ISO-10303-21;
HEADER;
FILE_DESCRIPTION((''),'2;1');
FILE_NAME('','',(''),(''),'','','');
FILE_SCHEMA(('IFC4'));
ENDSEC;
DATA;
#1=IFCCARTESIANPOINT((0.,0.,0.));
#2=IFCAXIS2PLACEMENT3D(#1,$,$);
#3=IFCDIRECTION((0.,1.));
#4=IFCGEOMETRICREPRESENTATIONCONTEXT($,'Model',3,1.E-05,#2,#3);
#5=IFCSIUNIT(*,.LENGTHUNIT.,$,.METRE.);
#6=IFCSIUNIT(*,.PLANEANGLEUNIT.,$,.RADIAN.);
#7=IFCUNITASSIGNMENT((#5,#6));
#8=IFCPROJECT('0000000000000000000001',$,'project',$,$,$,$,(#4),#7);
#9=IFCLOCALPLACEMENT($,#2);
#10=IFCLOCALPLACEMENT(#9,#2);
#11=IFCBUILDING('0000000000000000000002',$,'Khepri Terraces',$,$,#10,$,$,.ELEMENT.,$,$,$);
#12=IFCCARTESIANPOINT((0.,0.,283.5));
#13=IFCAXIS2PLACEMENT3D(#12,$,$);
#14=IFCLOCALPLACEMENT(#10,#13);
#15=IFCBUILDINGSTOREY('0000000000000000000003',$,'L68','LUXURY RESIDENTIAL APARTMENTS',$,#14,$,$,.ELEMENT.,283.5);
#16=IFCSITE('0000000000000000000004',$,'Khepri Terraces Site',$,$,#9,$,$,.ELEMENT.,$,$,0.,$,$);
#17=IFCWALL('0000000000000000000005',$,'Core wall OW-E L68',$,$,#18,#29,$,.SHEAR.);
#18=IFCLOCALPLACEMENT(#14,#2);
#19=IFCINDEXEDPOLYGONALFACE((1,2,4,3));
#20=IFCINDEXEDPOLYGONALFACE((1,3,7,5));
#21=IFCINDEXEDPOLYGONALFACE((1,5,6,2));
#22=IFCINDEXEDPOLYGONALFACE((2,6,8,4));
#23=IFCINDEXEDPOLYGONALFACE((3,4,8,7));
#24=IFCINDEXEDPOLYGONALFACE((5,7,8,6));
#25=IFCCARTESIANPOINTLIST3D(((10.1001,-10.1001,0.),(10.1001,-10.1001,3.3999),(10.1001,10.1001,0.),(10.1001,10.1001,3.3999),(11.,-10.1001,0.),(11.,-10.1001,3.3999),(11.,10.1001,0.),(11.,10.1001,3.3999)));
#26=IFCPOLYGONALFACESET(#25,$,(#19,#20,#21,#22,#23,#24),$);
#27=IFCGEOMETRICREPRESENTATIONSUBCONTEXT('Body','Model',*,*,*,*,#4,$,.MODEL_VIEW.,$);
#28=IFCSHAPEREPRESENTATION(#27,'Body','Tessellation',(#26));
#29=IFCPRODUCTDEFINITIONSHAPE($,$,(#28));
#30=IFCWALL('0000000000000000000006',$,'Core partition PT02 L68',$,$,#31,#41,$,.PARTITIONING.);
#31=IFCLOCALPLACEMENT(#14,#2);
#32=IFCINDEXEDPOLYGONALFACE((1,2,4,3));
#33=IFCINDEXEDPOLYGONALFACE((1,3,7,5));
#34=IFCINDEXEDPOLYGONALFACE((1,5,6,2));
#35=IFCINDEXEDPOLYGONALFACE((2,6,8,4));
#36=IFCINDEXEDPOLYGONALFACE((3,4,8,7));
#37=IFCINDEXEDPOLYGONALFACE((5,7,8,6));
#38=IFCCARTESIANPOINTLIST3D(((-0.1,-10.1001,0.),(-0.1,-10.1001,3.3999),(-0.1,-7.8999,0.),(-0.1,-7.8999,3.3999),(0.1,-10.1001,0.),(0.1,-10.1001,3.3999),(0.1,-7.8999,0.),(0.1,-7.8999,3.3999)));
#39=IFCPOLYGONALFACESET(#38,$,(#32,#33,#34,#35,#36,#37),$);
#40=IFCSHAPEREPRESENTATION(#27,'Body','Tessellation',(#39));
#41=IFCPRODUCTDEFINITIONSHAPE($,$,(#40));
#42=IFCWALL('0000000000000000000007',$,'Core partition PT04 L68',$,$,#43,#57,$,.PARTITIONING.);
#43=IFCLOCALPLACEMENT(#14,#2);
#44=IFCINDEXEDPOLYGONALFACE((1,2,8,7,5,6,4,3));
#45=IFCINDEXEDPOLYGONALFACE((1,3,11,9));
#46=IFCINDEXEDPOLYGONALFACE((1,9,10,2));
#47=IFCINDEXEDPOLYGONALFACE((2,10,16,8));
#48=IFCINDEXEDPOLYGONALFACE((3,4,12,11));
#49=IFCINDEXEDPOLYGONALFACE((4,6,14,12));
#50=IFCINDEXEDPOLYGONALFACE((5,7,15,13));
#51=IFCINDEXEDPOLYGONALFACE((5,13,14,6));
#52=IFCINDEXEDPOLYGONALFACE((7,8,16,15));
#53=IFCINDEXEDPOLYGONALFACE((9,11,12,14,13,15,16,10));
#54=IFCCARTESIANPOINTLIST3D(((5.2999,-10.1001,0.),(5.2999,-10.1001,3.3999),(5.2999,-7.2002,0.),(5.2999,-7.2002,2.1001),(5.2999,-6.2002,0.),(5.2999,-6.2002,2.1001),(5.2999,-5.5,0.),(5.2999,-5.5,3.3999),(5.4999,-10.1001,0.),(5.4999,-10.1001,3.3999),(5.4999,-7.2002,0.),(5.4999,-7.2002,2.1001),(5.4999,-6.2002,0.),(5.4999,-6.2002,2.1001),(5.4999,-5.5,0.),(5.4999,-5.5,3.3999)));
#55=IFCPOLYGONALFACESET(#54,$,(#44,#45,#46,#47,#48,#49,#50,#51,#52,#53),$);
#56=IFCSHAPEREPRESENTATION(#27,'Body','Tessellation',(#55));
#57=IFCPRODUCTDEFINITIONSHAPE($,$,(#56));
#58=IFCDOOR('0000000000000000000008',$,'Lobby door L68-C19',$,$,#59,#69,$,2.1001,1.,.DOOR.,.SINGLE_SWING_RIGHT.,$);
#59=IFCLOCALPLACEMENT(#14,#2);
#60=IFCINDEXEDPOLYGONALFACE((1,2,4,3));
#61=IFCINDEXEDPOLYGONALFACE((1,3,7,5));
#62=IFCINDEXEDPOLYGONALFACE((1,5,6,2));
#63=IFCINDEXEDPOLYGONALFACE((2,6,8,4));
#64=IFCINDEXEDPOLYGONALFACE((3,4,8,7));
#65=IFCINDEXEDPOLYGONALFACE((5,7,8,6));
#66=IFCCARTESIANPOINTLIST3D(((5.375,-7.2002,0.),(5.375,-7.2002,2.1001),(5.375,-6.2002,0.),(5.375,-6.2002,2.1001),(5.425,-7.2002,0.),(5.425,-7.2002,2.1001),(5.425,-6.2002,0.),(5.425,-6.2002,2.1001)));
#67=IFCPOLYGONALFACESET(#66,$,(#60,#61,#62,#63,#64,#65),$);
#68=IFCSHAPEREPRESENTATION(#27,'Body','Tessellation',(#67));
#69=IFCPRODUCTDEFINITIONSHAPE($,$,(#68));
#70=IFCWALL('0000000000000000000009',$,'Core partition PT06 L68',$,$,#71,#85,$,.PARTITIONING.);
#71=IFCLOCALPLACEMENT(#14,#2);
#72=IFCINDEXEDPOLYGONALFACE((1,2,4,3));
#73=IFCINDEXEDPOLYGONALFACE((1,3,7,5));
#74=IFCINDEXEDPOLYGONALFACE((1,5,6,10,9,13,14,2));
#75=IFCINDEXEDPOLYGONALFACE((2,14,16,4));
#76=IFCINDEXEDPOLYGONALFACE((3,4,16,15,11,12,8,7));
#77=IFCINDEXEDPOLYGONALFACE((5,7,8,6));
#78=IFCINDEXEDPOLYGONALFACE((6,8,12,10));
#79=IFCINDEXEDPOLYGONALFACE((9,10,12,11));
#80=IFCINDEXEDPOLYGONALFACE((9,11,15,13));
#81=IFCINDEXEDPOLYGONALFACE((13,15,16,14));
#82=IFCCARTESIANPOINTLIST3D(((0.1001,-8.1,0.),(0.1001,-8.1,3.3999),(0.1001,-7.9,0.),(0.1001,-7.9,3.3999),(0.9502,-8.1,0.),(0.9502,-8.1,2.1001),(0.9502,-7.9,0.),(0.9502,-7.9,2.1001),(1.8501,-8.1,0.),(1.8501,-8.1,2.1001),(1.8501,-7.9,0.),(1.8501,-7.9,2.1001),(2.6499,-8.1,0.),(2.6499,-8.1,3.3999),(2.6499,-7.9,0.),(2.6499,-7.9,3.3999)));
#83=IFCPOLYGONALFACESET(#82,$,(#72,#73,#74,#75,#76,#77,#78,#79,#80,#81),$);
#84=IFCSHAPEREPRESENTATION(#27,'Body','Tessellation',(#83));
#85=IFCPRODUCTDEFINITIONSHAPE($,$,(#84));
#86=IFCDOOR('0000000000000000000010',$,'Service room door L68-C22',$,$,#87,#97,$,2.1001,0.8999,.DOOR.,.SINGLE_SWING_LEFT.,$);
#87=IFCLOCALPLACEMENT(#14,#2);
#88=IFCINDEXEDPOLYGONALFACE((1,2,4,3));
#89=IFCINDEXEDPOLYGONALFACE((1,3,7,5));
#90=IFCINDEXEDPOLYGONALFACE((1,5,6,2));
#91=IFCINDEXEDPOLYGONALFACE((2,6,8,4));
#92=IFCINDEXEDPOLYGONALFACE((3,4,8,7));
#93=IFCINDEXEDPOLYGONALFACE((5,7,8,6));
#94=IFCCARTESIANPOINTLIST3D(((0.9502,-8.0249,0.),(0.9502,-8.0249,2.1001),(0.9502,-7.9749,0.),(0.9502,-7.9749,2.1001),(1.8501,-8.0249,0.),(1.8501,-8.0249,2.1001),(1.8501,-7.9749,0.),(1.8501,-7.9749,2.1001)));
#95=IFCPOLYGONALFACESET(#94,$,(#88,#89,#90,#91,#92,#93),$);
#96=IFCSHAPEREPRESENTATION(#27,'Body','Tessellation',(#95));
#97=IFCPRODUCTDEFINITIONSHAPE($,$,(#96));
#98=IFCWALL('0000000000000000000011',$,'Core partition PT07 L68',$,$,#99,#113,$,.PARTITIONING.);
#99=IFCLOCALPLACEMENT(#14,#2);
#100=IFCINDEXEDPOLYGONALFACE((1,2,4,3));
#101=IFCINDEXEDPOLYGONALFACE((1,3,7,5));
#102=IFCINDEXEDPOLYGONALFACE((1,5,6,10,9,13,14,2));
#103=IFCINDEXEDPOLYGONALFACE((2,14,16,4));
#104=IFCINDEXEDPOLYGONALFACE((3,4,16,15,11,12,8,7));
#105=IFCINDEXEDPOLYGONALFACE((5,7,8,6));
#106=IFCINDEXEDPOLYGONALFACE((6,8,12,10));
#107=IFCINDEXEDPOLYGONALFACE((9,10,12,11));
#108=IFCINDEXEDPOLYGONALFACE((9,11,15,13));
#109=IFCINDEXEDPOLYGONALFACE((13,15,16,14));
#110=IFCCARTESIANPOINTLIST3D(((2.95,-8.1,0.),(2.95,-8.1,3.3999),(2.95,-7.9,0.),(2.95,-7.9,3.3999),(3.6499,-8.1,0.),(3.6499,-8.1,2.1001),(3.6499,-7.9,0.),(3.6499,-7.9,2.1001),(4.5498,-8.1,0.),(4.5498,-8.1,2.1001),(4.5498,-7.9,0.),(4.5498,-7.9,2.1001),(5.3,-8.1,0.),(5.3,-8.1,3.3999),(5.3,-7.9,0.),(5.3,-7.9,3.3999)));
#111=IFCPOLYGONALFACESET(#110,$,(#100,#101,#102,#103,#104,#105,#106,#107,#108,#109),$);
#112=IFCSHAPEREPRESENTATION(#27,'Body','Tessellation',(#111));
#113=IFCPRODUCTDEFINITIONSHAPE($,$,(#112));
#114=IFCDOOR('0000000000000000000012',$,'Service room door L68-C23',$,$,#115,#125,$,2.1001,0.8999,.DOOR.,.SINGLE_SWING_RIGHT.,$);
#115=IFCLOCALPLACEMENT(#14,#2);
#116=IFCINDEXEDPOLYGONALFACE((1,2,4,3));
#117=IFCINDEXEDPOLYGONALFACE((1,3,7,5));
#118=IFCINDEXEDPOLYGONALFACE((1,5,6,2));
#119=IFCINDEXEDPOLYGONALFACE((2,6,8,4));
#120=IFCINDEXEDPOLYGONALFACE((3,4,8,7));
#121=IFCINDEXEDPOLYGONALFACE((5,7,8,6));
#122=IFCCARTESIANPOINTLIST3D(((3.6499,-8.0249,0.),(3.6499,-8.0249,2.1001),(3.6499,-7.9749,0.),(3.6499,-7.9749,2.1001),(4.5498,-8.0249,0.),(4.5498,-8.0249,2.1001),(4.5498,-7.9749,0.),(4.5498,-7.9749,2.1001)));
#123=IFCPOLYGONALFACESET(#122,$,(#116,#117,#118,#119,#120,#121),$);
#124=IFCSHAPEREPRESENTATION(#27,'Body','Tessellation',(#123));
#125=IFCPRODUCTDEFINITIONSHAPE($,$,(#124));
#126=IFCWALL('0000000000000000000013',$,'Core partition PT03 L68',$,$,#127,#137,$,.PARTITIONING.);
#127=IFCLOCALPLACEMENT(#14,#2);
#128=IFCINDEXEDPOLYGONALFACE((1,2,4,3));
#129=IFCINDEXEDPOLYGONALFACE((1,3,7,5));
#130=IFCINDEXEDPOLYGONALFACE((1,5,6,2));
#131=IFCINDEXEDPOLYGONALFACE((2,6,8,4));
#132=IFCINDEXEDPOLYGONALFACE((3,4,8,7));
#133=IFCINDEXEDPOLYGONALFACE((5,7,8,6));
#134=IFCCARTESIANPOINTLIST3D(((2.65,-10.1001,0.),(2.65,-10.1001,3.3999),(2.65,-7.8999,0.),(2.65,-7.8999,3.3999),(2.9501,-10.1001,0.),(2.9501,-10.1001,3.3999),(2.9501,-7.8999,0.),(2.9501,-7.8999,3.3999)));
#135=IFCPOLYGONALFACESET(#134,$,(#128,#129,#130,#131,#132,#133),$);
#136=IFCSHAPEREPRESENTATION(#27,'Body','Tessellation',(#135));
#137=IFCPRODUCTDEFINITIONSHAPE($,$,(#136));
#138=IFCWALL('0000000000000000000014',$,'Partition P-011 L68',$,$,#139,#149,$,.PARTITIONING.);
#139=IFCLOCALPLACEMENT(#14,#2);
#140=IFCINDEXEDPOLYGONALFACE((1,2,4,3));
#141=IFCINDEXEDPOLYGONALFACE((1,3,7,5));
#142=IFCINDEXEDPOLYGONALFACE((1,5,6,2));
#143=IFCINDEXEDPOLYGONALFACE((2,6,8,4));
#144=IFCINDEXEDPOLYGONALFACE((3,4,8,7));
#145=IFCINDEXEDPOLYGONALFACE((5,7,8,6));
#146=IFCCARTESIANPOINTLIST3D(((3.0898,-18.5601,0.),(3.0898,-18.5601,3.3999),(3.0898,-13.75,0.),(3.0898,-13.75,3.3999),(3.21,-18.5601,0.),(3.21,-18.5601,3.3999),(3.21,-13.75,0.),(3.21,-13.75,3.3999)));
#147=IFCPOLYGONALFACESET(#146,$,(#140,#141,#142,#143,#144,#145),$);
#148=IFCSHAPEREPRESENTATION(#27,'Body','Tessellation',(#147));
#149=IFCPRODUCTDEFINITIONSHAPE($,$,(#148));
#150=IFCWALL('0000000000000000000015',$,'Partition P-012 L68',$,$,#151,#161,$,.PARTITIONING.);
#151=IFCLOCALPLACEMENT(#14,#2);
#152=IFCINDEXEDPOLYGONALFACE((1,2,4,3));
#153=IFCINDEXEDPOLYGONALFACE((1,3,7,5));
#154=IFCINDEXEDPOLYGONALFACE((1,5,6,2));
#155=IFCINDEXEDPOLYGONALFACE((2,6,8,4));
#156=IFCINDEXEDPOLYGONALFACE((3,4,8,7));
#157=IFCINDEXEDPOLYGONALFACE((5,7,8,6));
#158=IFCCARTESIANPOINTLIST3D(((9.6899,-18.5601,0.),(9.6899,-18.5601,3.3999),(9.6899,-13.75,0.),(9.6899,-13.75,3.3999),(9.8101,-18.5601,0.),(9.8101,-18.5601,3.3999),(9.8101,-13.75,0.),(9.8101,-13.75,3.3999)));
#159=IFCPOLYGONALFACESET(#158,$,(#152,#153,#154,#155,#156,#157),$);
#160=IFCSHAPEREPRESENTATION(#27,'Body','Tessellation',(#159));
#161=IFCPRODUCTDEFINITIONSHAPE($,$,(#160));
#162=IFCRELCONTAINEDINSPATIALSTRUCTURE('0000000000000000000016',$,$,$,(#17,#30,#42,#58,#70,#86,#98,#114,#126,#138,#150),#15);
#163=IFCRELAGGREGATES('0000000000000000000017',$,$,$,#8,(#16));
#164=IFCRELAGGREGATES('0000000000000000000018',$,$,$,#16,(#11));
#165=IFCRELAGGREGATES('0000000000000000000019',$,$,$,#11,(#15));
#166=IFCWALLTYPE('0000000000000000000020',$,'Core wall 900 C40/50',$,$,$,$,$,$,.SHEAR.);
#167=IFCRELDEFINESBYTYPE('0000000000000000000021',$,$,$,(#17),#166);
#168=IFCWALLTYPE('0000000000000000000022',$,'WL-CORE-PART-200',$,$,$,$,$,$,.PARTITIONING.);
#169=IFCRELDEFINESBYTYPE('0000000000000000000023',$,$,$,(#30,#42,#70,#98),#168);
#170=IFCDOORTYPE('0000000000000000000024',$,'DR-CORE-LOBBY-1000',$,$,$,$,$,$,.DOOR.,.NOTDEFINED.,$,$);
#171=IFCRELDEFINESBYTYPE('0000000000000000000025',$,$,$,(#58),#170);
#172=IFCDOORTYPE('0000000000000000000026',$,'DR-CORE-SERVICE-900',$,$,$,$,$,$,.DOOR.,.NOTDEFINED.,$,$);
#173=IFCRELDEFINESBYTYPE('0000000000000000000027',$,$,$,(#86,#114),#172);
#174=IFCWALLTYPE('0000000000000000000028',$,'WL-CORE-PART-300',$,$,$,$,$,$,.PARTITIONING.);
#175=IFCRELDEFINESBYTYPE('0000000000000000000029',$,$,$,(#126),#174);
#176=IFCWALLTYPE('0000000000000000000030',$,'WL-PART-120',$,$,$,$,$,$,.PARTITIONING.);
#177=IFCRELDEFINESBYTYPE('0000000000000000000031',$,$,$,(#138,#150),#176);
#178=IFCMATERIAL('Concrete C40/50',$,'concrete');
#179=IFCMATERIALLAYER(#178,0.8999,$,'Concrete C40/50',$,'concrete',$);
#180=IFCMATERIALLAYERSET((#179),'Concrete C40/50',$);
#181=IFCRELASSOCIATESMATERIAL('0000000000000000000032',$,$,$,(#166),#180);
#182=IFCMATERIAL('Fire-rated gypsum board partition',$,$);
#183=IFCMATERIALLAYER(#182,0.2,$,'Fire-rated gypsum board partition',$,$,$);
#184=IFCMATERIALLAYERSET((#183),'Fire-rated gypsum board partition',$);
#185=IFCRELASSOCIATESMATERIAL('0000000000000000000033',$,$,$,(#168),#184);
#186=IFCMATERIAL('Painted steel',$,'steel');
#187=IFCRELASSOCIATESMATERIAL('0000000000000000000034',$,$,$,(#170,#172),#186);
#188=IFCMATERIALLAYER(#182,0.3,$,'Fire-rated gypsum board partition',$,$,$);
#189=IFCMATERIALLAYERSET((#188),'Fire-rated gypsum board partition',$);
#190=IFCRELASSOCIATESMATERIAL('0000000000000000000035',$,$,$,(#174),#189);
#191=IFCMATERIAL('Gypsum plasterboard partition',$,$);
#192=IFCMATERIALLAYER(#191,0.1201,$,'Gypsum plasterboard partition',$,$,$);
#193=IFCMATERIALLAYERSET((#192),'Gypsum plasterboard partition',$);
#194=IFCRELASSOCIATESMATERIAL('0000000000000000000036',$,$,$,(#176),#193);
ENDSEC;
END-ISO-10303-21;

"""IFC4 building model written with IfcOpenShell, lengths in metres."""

from ifc_helpers import new_model, si_unit, direction, frame, frame_2d, origin, place, context, subcontext, project, spatial, rectangle, extrude, material, layer, layer_set, type_object, element, fill, save


model = new_model("IFC4")

# Units and contexts
model_context = context("Model", 3, precision=1e-05, world=origin(), true_north=direction((0.0, 1.0)))
body_context = subcontext(model_context, "Body", "Model", "MODEL_VIEW")
ifc_project = project(units=[si_unit("LENGTHUNIT", "METRE"), si_unit("PLANEANGLEUNIT", "RADIAN")], contexts=[model_context])

# Site, building, storey
site_placement = place(None, origin())
site = spatial("IfcSite", under=ifc_project, at=site_placement, Name="Khepri Terraces Site", CompositionType="ELEMENT", RefElevation=0.0)
building_placement = place(site_placement, origin())
building = spatial("IfcBuilding", under=site, at=building_placement, Name="Khepri Terraces", CompositionType="ELEMENT")
storey_placement = place(building_placement, frame((0.0, 0.0, 283.5)))
storey = spatial("IfcBuildingStorey", under=building, at=storey_placement, Name="L68", Description="LUXURY RESIDENTIAL APARTMENTS", CompositionType="ELEMENT", Elevation=283.5)

# Shared definitions
ifc_material_1 = material(Name="Concrete C40/50", Category="concrete")

# Shared definitions
ifc_material_2 = material(Name="Painted steel", Category="steel")

# Walls
ifc_layer_1 = layer(ifc_material_1, 0.8999, Name="Concrete C40/50", Category="concrete")
ifc_layer_set_1 = layer_set([ifc_layer_1], Name="Concrete C40/50")
wall_type_1 = type_object("IfcWallType", Name="Core wall 900 C40/50", PredefinedType="SHEAR", material=ifc_layer_set_1)
wall_1_placement = place(storey_placement, frame((10.55, -10.1001, 0.0), z_axis=(0.0, 0.0, 1.0), x_axis=(0.0, 1.0, 0.0)))
element("IfcWall", 1, at=wall_1_placement, inside=storey, type_object=wall_type_1, Name="Core wall OW-E L68", PredefinedType="SHEAR", context=body_context, shape_type="SweptSolid", body=[
    extrude(rectangle(XDim=20.2002, YDim=0.8999, at=frame_2d((10.1001, 0.0))), origin(), (0.0, 0.0, 1.0), 3.3999),
])
ifc_material_3 = material(Name="Fire-rated gypsum board partition")
ifc_layer_2 = layer(ifc_material_3, 0.2, Name="Fire-rated gypsum board partition")
ifc_layer_set_2 = layer_set([ifc_layer_2], Name="Fire-rated gypsum board partition")
wall_type_2 = type_object("IfcWallType", Name="WL-CORE-PART-200", PredefinedType="PARTITIONING", material=ifc_layer_set_2)
wall_2_placement = place(storey_placement, frame((0.0, -10.1001, 0.0), z_axis=(0.0, 0.0, 1.0), x_axis=(0.0, 1.0, 0.0)))
element("IfcWall", 2, at=wall_2_placement, inside=storey, type_object=wall_type_2, Name="Core partition PT02 L68", PredefinedType="PARTITIONING", context=body_context, shape_type="SweptSolid", body=[
    extrude(rectangle(XDim=2.2002, YDim=0.2, at=frame_2d((1.1001, 0.0))), origin(), (0.0, 0.0, 1.0), 3.3999),
])

# Walls, openings, doors
wall_3_placement = place(storey_placement, frame((5.3999, -10.1001, 0.0), z_axis=(0.0, 0.0, 1.0), x_axis=(0.0, 1.0, 0.0)))
wall_3 = element("IfcWall", 3, at=wall_3_placement, inside=storey, type_object=wall_type_2, Name="Core partition PT04 L68", PredefinedType="PARTITIONING", context=body_context, shape_type="SweptSolid", body=[
    extrude(rectangle(XDim=4.6001, YDim=0.2, at=frame_2d((2.3, 0.0))), origin(), (0.0, 0.0, 1.0), 3.3999),
])
opening_1_placement = place(wall_3_placement, frame((2.8999, 0.0, 0.0)))
opening_1 = element("IfcOpeningElement", 4, at=opening_1_placement, cuts=wall_3, PredefinedType="OPENING", context=body_context, shape_type="SweptSolid", body=[
    extrude(rectangle(XDim=1.0, YDim=2.1001, at=frame_2d((0.5, 1.05))), frame((0.0, 0.1099, 0.0), z_axis=(0.0, -1.0, 0.0), x_axis=(1.0, 0.0, 0.0)), (0.0, 0.0, 1.0), 0.22),
])
door_type_1 = type_object("IfcDoorType", Name="DR-CORE-LOBBY-1000", OperationType="NOTDEFINED", PredefinedType="DOOR", material=ifc_material_2)
door_1_placement = place(opening_1_placement, origin())
door_1 = element("IfcDoor", 5, at=door_1_placement, inside=storey, type_object=door_type_1, Name="Lobby door L68-C19", OperationType="SINGLE_SWING_RIGHT", OverallHeight=2.1001, OverallWidth=1.0, PredefinedType="DOOR", context=body_context, shape_type="SweptSolid", body=[
    extrude(rectangle(XDim=1.0, YDim=2.1001, at=frame_2d((0.5, 1.05))), frame((0.0, 0.0249, 0.0), z_axis=(0.0, -1.0, 0.0), x_axis=(1.0, 0.0, 0.0)), (0.0, 0.0, 1.0), 0.05),
])
fill(opening_1, door_1)
wall_4_placement = place(storey_placement, frame((0.1001, -8.0, 0.0), z_axis=(0.0, 0.0, 1.0), x_axis=(1.0, 0.0, 0.0)))
wall_4 = element("IfcWall", 6, at=wall_4_placement, inside=storey, type_object=wall_type_2, Name="Core partition PT06 L68", PredefinedType="PARTITIONING", context=body_context, shape_type="SweptSolid", body=[
    extrude(rectangle(XDim=2.5498, YDim=0.2, at=frame_2d((1.2749, 0.0))), origin(), (0.0, 0.0, 1.0), 3.3999),
])
opening_2_placement = place(wall_4_placement, frame((0.8501, 0.0, 0.0)))
opening_2 = element("IfcOpeningElement", 7, at=opening_2_placement, cuts=wall_4, PredefinedType="OPENING", context=body_context, shape_type="SweptSolid", body=[
    extrude(rectangle(XDim=0.8999, YDim=2.1001, at=frame_2d((0.45, 1.05))), frame((0.0, 0.1099, 0.0), z_axis=(0.0, -1.0, 0.0), x_axis=(1.0, 0.0, 0.0)), (0.0, 0.0, 1.0), 0.22),
])
door_type_2 = type_object("IfcDoorType", Name="DR-CORE-SERVICE-900", OperationType="NOTDEFINED", PredefinedType="DOOR", material=ifc_material_2)
door_2_placement = place(opening_2_placement, frame((0.8999, 0.0, 0.0), z_axis=(0.0, 0.0, 1.0), x_axis=(-1.0, 0.0, 0.0)))
door_2 = element("IfcDoor", 8, at=door_2_placement, inside=storey, type_object=door_type_2, Name="Service room door L68-C22", OperationType="SINGLE_SWING_LEFT", OverallHeight=2.1001, OverallWidth=0.8999, PredefinedType="DOOR", context=body_context, shape_type="SweptSolid", body=[
    extrude(rectangle(XDim=0.8999, YDim=2.1001, at=frame_2d((0.45, 1.05))), frame((0.0, 0.0249, 0.0), z_axis=(0.0, -1.0, 0.0), x_axis=(1.0, 0.0, 0.0)), (0.0, 0.0, 1.0), 0.05),
])
fill(opening_2, door_2)
wall_5_placement = place(storey_placement, frame((2.95, -8.0, 0.0), z_axis=(0.0, 0.0, 1.0), x_axis=(1.0, 0.0, 0.0)))
wall_5 = element("IfcWall", 9, at=wall_5_placement, inside=storey, type_object=wall_type_2, Name="Core partition PT07 L68", PredefinedType="PARTITIONING", context=body_context, shape_type="SweptSolid", body=[
    extrude(rectangle(XDim=2.3501, YDim=0.2, at=frame_2d((1.175, 0.0))), origin(), (0.0, 0.0, 1.0), 3.3999),
])
opening_3_placement = place(wall_5_placement, frame((0.7, 0.0, 0.0)))
opening_3 = element("IfcOpeningElement", 10, at=opening_3_placement, cuts=wall_5, PredefinedType="OPENING", context=body_context, shape_type="SweptSolid", body=[
    extrude(rectangle(XDim=0.8999, YDim=2.1001, at=frame_2d((0.45, 1.05))), frame((0.0, 0.1099, 0.0), z_axis=(0.0, -1.0, 0.0), x_axis=(1.0, 0.0, 0.0)), (0.0, 0.0, 1.0), 0.22),
])
door_3_placement = place(opening_3_placement, frame((0.8999, 0.0, 0.0), z_axis=(0.0, 0.0, 1.0), x_axis=(-1.0, 0.0, 0.0)))
door_3 = element("IfcDoor", 11, at=door_3_placement, inside=storey, type_object=door_type_2, Name="Service room door L68-C23", OperationType="SINGLE_SWING_RIGHT", OverallHeight=2.1001, OverallWidth=0.8999, PredefinedType="DOOR", context=body_context, shape_type="SweptSolid", body=[
    extrude(rectangle(XDim=0.8999, YDim=2.1001, at=frame_2d((0.45, 1.05))), frame((0.0, 0.0249, 0.0), z_axis=(0.0, -1.0, 0.0), x_axis=(1.0, 0.0, 0.0)), (0.0, 0.0, 1.0), 0.05),
])
fill(opening_3, door_3)

# Wall
ifc_layer_3 = layer(ifc_material_3, 0.3, Name="Fire-rated gypsum board partition")
ifc_layer_set_3 = layer_set([ifc_layer_3], Name="Fire-rated gypsum board partition")
wall_type_3 = type_object("IfcWallType", Name="WL-CORE-PART-300", PredefinedType="PARTITIONING", material=ifc_layer_set_3)
wall_6_placement = place(storey_placement, frame((2.8, -10.1001, 0.0), z_axis=(0.0, 0.0, 1.0), x_axis=(0.0, 1.0, 0.0)))
element("IfcWall", 12, at=wall_6_placement, inside=storey, type_object=wall_type_3, Name="Core partition PT03 L68", PredefinedType="PARTITIONING", context=body_context, shape_type="SweptSolid", body=[
    extrude(rectangle(XDim=2.2002, YDim=0.3, at=frame_2d((1.1001, 0.0))), origin(), (0.0, 0.0, 1.0), 3.3999),
])

# Walls
ifc_material_4 = material(Name="Gypsum plasterboard partition")
ifc_layer_4 = layer(ifc_material_4, 0.1201, Name="Gypsum plasterboard partition")
ifc_layer_set_4 = layer_set([ifc_layer_4], Name="Gypsum plasterboard partition")
wall_type_4 = type_object("IfcWallType", Name="WL-PART-120", PredefinedType="PARTITIONING", material=ifc_layer_set_4)
for number, where, z_axis, x_axis, name in (
    (13, (3.1499, -18.5601, 0.0), (0.0, 0.0, 1.0), (0.0, 1.0, 0.0), "Partition P-011 L68"),
    (14, (9.75, -18.5601, 0.0), (0.0, 0.0, 1.0), (0.0, 1.0, 0.0), "Partition P-012 L68"),
):
    element("IfcWall", number, at=place(storey_placement, frame(where, z_axis=z_axis, x_axis=x_axis)), inside=storey, type_object=wall_type_4, Name=name, PredefinedType="PARTITIONING", context=body_context, shape_type="SweptSolid", body=[
        extrude(rectangle(XDim=4.8101, YDim=0.1201, at=frame_2d((2.405, 0.0))), origin(), (0.0, 0.0, 1.0), 3.3999),
    ])

save(model, "model.ifc")
